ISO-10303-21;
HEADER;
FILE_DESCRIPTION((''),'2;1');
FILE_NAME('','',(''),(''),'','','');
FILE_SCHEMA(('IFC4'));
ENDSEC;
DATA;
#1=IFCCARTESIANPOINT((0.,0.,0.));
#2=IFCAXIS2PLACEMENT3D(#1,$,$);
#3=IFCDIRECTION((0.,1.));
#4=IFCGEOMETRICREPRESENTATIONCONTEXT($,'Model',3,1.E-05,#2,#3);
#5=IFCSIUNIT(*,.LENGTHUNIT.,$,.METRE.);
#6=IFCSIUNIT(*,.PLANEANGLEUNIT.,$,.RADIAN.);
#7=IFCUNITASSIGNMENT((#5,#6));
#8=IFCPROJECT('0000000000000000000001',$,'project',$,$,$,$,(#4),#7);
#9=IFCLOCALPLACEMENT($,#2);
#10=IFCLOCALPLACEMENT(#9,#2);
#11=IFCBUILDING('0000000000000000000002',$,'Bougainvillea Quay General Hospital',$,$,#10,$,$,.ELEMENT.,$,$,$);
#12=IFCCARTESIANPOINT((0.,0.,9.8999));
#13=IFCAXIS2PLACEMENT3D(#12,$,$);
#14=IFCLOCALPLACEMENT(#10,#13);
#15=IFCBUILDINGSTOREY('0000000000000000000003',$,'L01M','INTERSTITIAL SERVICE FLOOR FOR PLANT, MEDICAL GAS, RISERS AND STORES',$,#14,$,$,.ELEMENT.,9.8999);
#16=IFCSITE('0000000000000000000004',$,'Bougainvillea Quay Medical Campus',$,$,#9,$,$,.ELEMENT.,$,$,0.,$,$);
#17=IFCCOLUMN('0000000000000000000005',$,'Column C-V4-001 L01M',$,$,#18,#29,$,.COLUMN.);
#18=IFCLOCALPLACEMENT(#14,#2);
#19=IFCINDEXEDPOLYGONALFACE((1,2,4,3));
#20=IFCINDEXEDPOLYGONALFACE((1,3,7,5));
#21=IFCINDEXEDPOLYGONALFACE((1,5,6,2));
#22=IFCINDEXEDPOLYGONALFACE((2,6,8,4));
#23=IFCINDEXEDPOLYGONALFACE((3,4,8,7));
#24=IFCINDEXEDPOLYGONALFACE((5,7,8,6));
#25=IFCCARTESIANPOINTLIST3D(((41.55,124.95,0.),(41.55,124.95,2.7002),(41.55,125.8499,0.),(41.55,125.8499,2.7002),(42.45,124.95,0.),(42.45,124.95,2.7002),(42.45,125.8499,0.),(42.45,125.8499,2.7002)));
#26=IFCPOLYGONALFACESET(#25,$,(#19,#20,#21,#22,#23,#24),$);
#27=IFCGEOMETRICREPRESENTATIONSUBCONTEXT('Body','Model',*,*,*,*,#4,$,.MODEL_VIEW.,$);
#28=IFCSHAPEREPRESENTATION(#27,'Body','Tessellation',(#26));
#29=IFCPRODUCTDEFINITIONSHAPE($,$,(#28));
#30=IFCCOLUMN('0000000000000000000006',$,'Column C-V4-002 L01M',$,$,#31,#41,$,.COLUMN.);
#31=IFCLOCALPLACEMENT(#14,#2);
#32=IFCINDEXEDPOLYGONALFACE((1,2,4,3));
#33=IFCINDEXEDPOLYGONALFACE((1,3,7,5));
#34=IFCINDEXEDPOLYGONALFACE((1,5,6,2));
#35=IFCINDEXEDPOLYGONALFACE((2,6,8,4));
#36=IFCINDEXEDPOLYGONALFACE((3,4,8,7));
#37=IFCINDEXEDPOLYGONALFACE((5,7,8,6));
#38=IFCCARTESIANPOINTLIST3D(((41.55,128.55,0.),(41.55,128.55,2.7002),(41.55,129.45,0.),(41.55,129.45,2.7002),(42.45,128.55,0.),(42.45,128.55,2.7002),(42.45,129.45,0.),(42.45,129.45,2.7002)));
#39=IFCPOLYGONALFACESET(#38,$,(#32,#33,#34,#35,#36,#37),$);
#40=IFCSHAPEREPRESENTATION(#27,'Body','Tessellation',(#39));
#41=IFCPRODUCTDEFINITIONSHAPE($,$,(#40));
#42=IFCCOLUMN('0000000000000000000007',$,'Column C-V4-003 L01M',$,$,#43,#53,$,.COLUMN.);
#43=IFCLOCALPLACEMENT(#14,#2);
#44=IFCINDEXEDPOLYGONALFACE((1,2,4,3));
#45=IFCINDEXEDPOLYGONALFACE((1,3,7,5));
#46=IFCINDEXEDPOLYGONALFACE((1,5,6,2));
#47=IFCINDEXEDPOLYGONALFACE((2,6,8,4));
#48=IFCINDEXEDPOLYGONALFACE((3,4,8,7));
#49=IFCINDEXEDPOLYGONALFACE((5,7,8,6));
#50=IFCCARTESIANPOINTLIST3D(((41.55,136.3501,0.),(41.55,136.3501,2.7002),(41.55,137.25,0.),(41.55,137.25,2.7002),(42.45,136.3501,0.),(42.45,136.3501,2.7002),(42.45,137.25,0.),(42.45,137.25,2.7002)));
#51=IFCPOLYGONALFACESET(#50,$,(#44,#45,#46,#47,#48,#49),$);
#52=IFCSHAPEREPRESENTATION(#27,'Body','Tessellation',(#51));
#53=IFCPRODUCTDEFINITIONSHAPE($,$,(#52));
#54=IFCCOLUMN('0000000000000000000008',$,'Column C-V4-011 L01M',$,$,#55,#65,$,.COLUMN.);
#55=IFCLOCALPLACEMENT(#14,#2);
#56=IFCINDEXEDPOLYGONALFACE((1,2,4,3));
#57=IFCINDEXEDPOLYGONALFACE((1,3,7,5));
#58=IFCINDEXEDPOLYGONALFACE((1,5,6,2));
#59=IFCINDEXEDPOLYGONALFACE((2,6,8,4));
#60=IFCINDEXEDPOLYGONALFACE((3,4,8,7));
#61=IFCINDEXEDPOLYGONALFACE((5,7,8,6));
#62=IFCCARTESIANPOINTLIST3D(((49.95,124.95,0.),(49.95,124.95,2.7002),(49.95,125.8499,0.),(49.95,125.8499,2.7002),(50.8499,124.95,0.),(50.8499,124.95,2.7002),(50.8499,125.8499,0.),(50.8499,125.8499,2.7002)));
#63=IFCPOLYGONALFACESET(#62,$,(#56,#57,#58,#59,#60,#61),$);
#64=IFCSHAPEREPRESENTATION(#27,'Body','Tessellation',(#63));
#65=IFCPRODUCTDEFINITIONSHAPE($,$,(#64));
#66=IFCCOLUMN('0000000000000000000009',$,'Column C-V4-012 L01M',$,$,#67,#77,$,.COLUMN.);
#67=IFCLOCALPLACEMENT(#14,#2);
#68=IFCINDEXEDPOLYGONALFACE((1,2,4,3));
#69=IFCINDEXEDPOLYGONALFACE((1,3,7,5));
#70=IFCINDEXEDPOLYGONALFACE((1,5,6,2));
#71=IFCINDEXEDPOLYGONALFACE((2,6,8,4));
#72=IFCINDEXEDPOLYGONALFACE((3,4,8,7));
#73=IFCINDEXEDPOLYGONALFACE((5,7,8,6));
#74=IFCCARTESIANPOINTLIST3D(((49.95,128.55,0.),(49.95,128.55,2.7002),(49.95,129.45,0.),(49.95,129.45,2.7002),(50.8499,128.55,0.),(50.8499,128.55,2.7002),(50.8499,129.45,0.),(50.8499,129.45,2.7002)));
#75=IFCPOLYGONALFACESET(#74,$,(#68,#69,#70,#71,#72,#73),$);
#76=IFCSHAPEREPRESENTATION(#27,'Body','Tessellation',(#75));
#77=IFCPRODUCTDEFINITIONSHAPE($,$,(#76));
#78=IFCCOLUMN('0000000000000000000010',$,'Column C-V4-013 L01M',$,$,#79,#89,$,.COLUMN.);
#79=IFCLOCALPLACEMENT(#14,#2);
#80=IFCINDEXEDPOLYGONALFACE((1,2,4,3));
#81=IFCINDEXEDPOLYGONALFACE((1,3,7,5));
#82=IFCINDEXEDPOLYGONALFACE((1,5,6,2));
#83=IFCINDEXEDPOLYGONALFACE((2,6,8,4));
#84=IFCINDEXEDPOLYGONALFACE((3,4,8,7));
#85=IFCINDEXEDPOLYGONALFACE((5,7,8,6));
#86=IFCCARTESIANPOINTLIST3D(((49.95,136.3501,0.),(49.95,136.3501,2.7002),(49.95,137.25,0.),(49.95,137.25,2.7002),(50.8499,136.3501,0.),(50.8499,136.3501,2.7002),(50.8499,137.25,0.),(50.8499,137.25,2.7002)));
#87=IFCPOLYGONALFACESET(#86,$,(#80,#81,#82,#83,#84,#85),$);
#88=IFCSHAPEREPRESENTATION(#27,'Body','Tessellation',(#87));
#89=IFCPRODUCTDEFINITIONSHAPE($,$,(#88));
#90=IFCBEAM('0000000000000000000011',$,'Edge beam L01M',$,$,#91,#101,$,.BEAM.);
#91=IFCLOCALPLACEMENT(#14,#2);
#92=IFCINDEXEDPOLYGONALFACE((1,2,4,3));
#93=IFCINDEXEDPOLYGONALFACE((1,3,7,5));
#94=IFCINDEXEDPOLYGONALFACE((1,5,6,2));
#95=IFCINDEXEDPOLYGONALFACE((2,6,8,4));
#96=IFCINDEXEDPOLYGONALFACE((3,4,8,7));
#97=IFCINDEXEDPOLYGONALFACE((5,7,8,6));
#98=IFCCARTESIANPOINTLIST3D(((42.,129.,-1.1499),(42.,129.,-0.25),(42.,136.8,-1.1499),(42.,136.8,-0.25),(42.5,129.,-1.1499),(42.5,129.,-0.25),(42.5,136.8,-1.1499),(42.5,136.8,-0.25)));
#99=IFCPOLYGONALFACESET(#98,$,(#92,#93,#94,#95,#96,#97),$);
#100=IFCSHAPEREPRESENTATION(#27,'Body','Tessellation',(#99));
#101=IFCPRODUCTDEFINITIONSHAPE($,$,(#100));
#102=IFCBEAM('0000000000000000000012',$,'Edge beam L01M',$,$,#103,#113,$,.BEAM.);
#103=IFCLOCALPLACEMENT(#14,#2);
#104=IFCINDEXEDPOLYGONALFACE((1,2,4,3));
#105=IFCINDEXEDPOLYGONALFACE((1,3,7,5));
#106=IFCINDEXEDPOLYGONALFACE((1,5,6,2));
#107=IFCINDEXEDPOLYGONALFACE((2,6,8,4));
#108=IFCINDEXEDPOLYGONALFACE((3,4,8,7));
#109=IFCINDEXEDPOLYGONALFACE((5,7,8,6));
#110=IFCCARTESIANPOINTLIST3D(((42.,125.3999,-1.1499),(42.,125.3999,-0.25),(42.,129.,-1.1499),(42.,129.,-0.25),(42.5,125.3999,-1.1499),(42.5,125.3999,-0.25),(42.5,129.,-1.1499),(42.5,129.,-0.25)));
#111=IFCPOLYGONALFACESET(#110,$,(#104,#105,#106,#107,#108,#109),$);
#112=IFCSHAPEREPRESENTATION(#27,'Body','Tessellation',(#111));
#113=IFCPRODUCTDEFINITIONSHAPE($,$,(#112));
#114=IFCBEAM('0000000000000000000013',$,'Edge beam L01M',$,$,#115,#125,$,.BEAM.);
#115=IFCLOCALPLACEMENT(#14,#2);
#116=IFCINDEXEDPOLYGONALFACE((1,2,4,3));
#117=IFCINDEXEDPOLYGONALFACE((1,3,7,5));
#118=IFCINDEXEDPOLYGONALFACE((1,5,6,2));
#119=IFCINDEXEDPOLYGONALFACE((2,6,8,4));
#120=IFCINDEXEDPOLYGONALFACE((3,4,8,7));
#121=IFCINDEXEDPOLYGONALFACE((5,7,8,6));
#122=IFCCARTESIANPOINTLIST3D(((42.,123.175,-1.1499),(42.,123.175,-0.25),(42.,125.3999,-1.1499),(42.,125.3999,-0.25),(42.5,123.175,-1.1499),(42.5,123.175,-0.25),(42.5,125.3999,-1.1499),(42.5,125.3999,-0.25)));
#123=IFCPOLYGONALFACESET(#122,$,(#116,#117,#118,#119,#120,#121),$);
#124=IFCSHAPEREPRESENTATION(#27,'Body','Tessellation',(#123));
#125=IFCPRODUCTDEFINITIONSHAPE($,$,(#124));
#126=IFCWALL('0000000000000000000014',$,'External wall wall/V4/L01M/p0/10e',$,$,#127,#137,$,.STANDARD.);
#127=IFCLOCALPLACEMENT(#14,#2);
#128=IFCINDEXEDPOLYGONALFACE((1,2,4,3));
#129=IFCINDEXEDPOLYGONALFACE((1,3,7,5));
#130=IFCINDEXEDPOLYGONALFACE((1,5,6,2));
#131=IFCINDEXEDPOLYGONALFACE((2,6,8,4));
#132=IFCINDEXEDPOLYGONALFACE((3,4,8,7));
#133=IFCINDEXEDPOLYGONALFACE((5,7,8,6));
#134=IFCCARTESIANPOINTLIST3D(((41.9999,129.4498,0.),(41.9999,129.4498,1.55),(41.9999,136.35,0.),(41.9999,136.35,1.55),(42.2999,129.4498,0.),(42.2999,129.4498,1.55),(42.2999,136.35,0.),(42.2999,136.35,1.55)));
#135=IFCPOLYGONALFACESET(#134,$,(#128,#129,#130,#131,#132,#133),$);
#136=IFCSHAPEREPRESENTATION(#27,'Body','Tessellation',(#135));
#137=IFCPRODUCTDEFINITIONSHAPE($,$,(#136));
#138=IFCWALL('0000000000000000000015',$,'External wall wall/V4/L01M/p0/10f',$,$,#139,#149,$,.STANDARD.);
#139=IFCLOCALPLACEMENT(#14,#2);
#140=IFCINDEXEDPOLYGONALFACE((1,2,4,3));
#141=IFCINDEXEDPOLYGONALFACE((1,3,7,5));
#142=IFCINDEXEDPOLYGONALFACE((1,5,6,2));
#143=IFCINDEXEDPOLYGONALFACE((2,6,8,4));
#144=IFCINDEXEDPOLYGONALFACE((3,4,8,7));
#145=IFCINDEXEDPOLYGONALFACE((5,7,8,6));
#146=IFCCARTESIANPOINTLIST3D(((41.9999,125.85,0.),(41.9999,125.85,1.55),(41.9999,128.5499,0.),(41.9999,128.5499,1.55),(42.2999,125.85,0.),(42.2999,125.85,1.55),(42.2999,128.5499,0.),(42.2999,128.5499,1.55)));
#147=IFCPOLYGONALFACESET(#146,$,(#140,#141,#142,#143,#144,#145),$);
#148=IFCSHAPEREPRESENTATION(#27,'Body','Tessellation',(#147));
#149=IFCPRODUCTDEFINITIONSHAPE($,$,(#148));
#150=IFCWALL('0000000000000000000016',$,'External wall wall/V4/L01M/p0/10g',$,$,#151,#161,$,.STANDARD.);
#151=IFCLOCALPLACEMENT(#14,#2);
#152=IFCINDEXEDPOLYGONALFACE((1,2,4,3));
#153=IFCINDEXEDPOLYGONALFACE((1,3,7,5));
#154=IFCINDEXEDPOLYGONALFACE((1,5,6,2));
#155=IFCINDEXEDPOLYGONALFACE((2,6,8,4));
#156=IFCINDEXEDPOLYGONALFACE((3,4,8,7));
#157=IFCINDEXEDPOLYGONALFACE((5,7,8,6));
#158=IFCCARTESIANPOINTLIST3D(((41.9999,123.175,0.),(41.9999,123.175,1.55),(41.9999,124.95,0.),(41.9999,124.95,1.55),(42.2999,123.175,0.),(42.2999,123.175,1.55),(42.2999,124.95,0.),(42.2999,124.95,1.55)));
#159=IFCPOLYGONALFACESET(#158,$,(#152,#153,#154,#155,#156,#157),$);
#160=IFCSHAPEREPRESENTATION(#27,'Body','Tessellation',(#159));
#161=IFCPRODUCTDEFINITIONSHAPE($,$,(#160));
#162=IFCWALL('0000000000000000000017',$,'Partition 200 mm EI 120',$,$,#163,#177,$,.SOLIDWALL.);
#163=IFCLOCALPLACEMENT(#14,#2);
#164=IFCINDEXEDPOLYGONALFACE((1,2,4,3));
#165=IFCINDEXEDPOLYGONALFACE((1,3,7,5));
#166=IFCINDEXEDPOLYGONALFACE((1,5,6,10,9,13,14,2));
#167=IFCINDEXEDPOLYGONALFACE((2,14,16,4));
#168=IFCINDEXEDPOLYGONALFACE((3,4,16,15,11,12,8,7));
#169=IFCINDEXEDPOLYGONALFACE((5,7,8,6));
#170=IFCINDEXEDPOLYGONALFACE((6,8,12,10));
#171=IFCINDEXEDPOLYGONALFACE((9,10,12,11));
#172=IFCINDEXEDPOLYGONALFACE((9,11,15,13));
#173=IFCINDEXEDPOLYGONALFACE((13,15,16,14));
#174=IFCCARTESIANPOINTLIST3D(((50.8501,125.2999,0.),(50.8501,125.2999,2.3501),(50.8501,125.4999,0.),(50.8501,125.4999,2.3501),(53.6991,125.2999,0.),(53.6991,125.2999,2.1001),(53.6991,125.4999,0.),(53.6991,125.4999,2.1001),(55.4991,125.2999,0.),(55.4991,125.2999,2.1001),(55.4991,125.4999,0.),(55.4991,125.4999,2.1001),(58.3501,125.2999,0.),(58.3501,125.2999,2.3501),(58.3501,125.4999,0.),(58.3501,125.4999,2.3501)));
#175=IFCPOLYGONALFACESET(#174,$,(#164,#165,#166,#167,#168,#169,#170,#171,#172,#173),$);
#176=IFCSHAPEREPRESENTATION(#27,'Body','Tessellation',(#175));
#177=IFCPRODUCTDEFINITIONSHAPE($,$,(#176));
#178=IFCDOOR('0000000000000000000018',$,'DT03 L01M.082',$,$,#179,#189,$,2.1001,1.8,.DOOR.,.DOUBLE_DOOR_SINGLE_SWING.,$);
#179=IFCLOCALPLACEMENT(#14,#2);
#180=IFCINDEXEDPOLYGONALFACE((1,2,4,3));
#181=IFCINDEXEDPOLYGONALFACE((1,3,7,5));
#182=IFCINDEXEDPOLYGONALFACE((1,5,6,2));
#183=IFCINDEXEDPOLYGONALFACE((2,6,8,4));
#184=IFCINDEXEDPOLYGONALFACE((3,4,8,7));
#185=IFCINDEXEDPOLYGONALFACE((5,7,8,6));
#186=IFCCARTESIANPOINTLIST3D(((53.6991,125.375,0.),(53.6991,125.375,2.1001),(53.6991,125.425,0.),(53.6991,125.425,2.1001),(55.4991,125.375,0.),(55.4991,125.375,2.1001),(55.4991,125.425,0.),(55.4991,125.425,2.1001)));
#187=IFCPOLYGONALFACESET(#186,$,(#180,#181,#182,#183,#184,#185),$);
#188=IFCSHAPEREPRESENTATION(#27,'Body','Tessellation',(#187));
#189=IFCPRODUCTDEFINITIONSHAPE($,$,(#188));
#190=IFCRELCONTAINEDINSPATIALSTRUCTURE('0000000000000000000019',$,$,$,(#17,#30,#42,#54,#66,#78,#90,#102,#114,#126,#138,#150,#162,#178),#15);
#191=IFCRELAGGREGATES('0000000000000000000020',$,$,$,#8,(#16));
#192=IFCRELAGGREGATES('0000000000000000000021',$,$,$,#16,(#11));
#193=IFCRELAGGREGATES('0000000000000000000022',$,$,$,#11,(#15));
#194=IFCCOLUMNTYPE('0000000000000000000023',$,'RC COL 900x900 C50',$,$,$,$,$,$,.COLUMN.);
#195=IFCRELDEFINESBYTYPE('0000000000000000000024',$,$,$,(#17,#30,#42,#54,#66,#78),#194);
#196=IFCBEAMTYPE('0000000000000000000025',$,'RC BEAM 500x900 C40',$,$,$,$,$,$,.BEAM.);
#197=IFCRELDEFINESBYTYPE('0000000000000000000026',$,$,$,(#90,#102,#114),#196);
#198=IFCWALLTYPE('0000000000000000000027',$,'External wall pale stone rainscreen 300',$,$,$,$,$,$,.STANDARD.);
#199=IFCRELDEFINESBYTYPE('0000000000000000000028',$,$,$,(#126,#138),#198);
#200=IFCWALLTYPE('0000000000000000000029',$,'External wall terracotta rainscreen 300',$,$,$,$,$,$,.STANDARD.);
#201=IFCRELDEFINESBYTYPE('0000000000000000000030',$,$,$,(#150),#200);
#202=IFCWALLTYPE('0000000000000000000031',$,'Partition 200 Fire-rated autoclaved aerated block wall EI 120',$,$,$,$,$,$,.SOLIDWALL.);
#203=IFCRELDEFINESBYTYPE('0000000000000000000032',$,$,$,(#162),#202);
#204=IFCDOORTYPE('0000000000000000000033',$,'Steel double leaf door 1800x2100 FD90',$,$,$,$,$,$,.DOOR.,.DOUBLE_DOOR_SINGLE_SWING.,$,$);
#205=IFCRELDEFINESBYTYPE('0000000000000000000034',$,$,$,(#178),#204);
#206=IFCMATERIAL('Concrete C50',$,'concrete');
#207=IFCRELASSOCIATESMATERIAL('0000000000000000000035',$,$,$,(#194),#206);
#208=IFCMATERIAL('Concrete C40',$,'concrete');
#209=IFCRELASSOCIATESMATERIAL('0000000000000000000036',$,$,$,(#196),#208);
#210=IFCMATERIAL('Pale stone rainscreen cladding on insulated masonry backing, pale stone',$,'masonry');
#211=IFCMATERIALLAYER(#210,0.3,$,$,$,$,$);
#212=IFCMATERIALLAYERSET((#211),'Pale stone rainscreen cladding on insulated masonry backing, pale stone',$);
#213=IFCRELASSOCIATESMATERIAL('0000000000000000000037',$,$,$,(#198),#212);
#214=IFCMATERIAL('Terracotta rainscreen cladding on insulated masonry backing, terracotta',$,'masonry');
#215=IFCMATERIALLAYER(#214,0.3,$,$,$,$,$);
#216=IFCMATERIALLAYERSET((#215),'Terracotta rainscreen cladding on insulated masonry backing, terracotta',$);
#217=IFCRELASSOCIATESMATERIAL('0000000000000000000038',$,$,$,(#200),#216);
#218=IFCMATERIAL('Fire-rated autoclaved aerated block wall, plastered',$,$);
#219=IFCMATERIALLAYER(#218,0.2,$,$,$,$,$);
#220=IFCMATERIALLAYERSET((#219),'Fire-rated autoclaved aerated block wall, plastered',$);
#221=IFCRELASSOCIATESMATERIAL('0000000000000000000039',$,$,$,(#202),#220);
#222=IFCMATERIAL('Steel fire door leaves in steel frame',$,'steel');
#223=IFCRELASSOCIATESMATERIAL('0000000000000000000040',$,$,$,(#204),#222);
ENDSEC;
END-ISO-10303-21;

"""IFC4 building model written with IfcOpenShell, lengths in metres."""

from ifc_helpers import new_model, si_unit, direction, frame, frame_2d, origin, origin_2d, place, context, subcontext, project, spatial, rectangle, extrude, material, layer, layer_set, material_profile, profile_set, type_object, element, fill, save


model = new_model("IFC4")

# Units and contexts
model_context = context("Model", 3, precision=1e-05, world=origin(), true_north=direction((0.0, 1.0)))
body_context = subcontext(model_context, "Body", "Model", "MODEL_VIEW")
ifc_project = project(units=[si_unit("LENGTHUNIT", "METRE"), si_unit("PLANEANGLEUNIT", "RADIAN")], contexts=[model_context])

# Site, building, storey
site_placement = place(None, origin())
site = spatial("IfcSite", under=ifc_project, at=site_placement, Name="Bougainvillea Quay Medical Campus", CompositionType="ELEMENT", RefElevation=0.0)
building_placement = place(site_placement, origin())
building = spatial("IfcBuilding", under=site, at=building_placement, Name="Bougainvillea Quay General Hospital", CompositionType="ELEMENT")
storey_placement = place(building_placement, frame((0.0, 0.0, 9.8999)))
storey = spatial("IfcBuildingStorey", under=building, at=storey_placement, Name="L01M", Description="INTERSTITIAL SERVICE FLOOR FOR PLANT, MEDICAL GAS, RISERS AND STORES", CompositionType="ELEMENT", Elevation=9.8999)

# Columns
ifc_material_1 = material(Name="Concrete C50", Category="concrete")
ifc_material_profile_1 = material_profile(ifc_material_1, rectangle(XDim=0.8999, YDim=0.8999, at=origin_2d()))
ifc_profile_set_1 = profile_set([ifc_material_profile_1], Name="Concrete C50")
column_type = type_object("IfcColumnType", Name="RC COL 900x900 C50", PredefinedType="COLUMN", material=ifc_profile_set_1)
for number, where, z_axis, x_axis, name in (
    (1, (42.0, 125.3999, 0.0), (0.0, 0.0, 1.0), (1.0, 0.0, 0.0), "Column C-V4-001 L01M"),
    (2, (42.0, 129.0, 0.0), (0.0, 0.0, 1.0), (1.0, 0.0, 0.0), "Column C-V4-002 L01M"),
    (3, (42.0, 136.8, 0.0), (0.0, 0.0, 1.0), (1.0, 0.0, 0.0), "Column C-V4-003 L01M"),
    (4, (50.3999, 125.3999, 0.0), (0.0, 0.0, 1.0), (1.0, 0.0, 0.0), "Column C-V4-011 L01M"),
    (5, (50.3999, 129.0, 0.0), (0.0, 0.0, 1.0), (1.0, 0.0, 0.0), "Column C-V4-012 L01M"),
    (6, (50.3999, 136.8, 0.0), (0.0, 0.0, 1.0), (1.0, 0.0, 0.0), "Column C-V4-013 L01M"),
):
    element("IfcColumn", number, at=place(storey_placement, frame(where, z_axis=z_axis, x_axis=x_axis)), inside=storey, type_object=column_type, Name=name, PredefinedType="COLUMN", context=body_context, shape_type="SweptSolid", body=[
        extrude(rectangle(XDim=0.8999, YDim=0.8999, at=origin_2d()), origin(), (0.0, 0.0, 1.0), 2.7002),
    ])

# Beams
ifc_material_2 = material(Name="Concrete C40", Category="concrete")
ifc_material_profile_2 = material_profile(ifc_material_2, rectangle(XDim=0.5, YDim=0.8999, at=origin_2d()))
ifc_profile_set_2 = profile_set([ifc_material_profile_2], Name="Concrete C40")
beam_type = type_object("IfcBeamType", Name="RC BEAM 500x900 C40", PredefinedType="BEAM", material=ifc_profile_set_2)
beam_1_placement = place(storey_placement, frame((42.25, 136.8, -0.7), z_axis=(0.0, -1.0, 0.0), x_axis=(1.0, 0.0, 0.0)))
element("IfcBeam", 7, at=beam_1_placement, inside=storey, type_object=beam_type, Name="Edge beam L01M", PredefinedType="BEAM", context=body_context, shape_type="SweptSolid", body=[
    extrude(rectangle(XDim=0.5, YDim=0.8999, at=origin_2d()), origin(), (0.0, 0.0, 1.0), 7.8),
])
beam_2_placement = place(storey_placement, frame((42.25, 129.0, -0.7), z_axis=(0.0, -1.0, 0.0), x_axis=(1.0, 0.0, 0.0)))
element("IfcBeam", 8, at=beam_2_placement, inside=storey, type_object=beam_type, Name="Edge beam L01M", PredefinedType="BEAM", context=body_context, shape_type="SweptSolid", body=[
    extrude(rectangle(XDim=0.5, YDim=0.8999, at=origin_2d()), origin(), (0.0, 0.0, 1.0), 3.6001),
])
beam_3_placement = place(storey_placement, frame((42.25, 125.3999, -0.7), z_axis=(0.0, -1.0, 0.0), x_axis=(1.0, 0.0, 0.0)))
element("IfcBeam", 9, at=beam_3_placement, inside=storey, type_object=beam_type, Name="Edge beam L01M", PredefinedType="BEAM", context=body_context, shape_type="SweptSolid", body=[
    extrude(rectangle(XDim=0.5, YDim=0.8999, at=origin_2d()), origin(), (0.0, 0.0, 1.0), 2.2249),
])

# Walls
ifc_material_3 = material(Name="Pale stone rainscreen cladding on insulated masonry backing, pale stone", Category="masonry")
ifc_layer_1 = layer(ifc_material_3, 0.3)
ifc_layer_set_1 = layer_set([ifc_layer_1], Name="Pale stone rainscreen cladding on insulated masonry backing, pale stone")
wall_type_1 = type_object("IfcWallType", Name="External wall pale stone rainscreen 300", PredefinedType="STANDARD", material=ifc_layer_set_1)
wall_1_placement = place(storey_placement, frame((42.1499, 136.3501, 0.0), z_axis=(0.0, 0.0, 1.0), x_axis=(0.0, -1.0, 0.0)))
element("IfcWall", 10, at=wall_1_placement, inside=storey, type_object=wall_type_1, Name="External wall wall/V4/L01M/p0/10e", PredefinedType="STANDARD", context=body_context, shape_type="SweptSolid", body=[
    extrude(rectangle(XDim=6.9001, YDim=0.3, at=frame_2d((3.4502, 0.0))), origin(), (0.0, 0.0, 1.0), 1.55),
])
wall_2_placement = place(storey_placement, frame((42.1499, 128.55, 0.0), z_axis=(0.0, 0.0, 1.0), x_axis=(0.0, -1.0, 0.0)))
element("IfcWall", 11, at=wall_2_placement, inside=storey, type_object=wall_type_1, Name="External wall wall/V4/L01M/p0/10f", PredefinedType="STANDARD", context=body_context, shape_type="SweptSolid", body=[
    extrude(rectangle(XDim=2.7, YDim=0.3, at=frame_2d((1.3501, 0.0))), origin(), (0.0, 0.0, 1.0), 1.55),
])
ifc_material_4 = material(Name="Terracotta rainscreen cladding on insulated masonry backing, terracotta", Category="masonry")
ifc_layer_2 = layer(ifc_material_4, 0.3)
ifc_layer_set_2 = layer_set([ifc_layer_2], Name="Terracotta rainscreen cladding on insulated masonry backing, terracotta")
wall_type_2 = type_object("IfcWallType", Name="External wall terracotta rainscreen 300", PredefinedType="STANDARD", material=ifc_layer_set_2)
wall_3_placement = place(storey_placement, frame((42.1499, 124.95, 0.0), z_axis=(0.0, 0.0, 1.0), x_axis=(0.0, -1.0, 0.0)))
element("IfcWall", 12, at=wall_3_placement, inside=storey, type_object=wall_type_2, Name="External wall wall/V4/L01M/p0/10g", PredefinedType="STANDARD", context=body_context, shape_type="SweptSolid", body=[
    extrude(rectangle(XDim=1.7749, YDim=0.3, at=frame_2d((0.8875, 0.0))), origin(), (0.0, 0.0, 1.0), 1.55),
])

# Wall, opening, door
ifc_material_5 = material(Name="Fire-rated autoclaved aerated block wall, plastered")
ifc_layer_3 = layer(ifc_material_5, 0.2)
ifc_layer_set_3 = layer_set([ifc_layer_3], Name="Fire-rated autoclaved aerated block wall, plastered")
wall_type_3 = type_object("IfcWallType", Name="Partition 200 Fire-rated autoclaved aerated block wall EI 120", PredefinedType="SOLIDWALL", material=ifc_layer_set_3)
wall_4_placement = place(storey_placement, frame((58.3501, 125.3999, 0.0), z_axis=(0.0, 0.0, 1.0), x_axis=(-1.0, 0.0, 0.0)))
wall_4 = element("IfcWall", 13, at=wall_4_placement, inside=storey, type_object=wall_type_3, Name="Partition 200 mm EI 120", PredefinedType="SOLIDWALL", context=body_context, shape_type="SweptSolid", body=[
    extrude(rectangle(XDim=7.5, YDim=0.2, at=frame_2d((3.75, 0.0))), origin(), (0.0, 0.0, 1.0), 2.3501),
])
opening_1_placement = place(wall_4_placement, frame((2.8511, 0.0, 0.0)))
opening_1 = element("IfcOpeningElement", 14, at=opening_1_placement, cuts=wall_4, PredefinedType="OPENING", context=body_context, shape_type="SweptSolid", body=[
    extrude(rectangle(XDim=1.8, YDim=2.1001, at=frame_2d((0.8999, 1.05))), frame((0.0, 0.1099, 0.0), z_axis=(0.0, -1.0, 0.0), x_axis=(1.0, 0.0, 0.0)), (0.0, 0.0, 1.0), 0.22),
])
ifc_material_6 = material(Name="Steel fire door leaves in steel frame", Category="steel")
door_type_1 = type_object("IfcDoorType", Name="Steel double leaf door 1800x2100 FD90", OperationType="DOUBLE_DOOR_SINGLE_SWING", PredefinedType="DOOR", material=ifc_material_6)
door_1_placement = place(opening_1_placement, origin())
door_1 = element("IfcDoor", 15, at=door_1_placement, inside=storey, type_object=door_type_1, Name="DT03 L01M.082", OperationType="DOUBLE_DOOR_SINGLE_SWING", OverallHeight=2.1001, OverallWidth=1.8, PredefinedType="DOOR", context=body_context, shape_type="SweptSolid", body=[
    extrude(rectangle(XDim=1.8, YDim=2.1001, at=frame_2d((0.8999, 1.05))), frame((0.0, 0.0249, 0.0), z_axis=(0.0, -1.0, 0.0), x_axis=(1.0, 0.0, 0.0)), (0.0, 0.0, 1.0), 0.05),
])
fill(opening_1, door_1)

save(model, "model.ifc")
